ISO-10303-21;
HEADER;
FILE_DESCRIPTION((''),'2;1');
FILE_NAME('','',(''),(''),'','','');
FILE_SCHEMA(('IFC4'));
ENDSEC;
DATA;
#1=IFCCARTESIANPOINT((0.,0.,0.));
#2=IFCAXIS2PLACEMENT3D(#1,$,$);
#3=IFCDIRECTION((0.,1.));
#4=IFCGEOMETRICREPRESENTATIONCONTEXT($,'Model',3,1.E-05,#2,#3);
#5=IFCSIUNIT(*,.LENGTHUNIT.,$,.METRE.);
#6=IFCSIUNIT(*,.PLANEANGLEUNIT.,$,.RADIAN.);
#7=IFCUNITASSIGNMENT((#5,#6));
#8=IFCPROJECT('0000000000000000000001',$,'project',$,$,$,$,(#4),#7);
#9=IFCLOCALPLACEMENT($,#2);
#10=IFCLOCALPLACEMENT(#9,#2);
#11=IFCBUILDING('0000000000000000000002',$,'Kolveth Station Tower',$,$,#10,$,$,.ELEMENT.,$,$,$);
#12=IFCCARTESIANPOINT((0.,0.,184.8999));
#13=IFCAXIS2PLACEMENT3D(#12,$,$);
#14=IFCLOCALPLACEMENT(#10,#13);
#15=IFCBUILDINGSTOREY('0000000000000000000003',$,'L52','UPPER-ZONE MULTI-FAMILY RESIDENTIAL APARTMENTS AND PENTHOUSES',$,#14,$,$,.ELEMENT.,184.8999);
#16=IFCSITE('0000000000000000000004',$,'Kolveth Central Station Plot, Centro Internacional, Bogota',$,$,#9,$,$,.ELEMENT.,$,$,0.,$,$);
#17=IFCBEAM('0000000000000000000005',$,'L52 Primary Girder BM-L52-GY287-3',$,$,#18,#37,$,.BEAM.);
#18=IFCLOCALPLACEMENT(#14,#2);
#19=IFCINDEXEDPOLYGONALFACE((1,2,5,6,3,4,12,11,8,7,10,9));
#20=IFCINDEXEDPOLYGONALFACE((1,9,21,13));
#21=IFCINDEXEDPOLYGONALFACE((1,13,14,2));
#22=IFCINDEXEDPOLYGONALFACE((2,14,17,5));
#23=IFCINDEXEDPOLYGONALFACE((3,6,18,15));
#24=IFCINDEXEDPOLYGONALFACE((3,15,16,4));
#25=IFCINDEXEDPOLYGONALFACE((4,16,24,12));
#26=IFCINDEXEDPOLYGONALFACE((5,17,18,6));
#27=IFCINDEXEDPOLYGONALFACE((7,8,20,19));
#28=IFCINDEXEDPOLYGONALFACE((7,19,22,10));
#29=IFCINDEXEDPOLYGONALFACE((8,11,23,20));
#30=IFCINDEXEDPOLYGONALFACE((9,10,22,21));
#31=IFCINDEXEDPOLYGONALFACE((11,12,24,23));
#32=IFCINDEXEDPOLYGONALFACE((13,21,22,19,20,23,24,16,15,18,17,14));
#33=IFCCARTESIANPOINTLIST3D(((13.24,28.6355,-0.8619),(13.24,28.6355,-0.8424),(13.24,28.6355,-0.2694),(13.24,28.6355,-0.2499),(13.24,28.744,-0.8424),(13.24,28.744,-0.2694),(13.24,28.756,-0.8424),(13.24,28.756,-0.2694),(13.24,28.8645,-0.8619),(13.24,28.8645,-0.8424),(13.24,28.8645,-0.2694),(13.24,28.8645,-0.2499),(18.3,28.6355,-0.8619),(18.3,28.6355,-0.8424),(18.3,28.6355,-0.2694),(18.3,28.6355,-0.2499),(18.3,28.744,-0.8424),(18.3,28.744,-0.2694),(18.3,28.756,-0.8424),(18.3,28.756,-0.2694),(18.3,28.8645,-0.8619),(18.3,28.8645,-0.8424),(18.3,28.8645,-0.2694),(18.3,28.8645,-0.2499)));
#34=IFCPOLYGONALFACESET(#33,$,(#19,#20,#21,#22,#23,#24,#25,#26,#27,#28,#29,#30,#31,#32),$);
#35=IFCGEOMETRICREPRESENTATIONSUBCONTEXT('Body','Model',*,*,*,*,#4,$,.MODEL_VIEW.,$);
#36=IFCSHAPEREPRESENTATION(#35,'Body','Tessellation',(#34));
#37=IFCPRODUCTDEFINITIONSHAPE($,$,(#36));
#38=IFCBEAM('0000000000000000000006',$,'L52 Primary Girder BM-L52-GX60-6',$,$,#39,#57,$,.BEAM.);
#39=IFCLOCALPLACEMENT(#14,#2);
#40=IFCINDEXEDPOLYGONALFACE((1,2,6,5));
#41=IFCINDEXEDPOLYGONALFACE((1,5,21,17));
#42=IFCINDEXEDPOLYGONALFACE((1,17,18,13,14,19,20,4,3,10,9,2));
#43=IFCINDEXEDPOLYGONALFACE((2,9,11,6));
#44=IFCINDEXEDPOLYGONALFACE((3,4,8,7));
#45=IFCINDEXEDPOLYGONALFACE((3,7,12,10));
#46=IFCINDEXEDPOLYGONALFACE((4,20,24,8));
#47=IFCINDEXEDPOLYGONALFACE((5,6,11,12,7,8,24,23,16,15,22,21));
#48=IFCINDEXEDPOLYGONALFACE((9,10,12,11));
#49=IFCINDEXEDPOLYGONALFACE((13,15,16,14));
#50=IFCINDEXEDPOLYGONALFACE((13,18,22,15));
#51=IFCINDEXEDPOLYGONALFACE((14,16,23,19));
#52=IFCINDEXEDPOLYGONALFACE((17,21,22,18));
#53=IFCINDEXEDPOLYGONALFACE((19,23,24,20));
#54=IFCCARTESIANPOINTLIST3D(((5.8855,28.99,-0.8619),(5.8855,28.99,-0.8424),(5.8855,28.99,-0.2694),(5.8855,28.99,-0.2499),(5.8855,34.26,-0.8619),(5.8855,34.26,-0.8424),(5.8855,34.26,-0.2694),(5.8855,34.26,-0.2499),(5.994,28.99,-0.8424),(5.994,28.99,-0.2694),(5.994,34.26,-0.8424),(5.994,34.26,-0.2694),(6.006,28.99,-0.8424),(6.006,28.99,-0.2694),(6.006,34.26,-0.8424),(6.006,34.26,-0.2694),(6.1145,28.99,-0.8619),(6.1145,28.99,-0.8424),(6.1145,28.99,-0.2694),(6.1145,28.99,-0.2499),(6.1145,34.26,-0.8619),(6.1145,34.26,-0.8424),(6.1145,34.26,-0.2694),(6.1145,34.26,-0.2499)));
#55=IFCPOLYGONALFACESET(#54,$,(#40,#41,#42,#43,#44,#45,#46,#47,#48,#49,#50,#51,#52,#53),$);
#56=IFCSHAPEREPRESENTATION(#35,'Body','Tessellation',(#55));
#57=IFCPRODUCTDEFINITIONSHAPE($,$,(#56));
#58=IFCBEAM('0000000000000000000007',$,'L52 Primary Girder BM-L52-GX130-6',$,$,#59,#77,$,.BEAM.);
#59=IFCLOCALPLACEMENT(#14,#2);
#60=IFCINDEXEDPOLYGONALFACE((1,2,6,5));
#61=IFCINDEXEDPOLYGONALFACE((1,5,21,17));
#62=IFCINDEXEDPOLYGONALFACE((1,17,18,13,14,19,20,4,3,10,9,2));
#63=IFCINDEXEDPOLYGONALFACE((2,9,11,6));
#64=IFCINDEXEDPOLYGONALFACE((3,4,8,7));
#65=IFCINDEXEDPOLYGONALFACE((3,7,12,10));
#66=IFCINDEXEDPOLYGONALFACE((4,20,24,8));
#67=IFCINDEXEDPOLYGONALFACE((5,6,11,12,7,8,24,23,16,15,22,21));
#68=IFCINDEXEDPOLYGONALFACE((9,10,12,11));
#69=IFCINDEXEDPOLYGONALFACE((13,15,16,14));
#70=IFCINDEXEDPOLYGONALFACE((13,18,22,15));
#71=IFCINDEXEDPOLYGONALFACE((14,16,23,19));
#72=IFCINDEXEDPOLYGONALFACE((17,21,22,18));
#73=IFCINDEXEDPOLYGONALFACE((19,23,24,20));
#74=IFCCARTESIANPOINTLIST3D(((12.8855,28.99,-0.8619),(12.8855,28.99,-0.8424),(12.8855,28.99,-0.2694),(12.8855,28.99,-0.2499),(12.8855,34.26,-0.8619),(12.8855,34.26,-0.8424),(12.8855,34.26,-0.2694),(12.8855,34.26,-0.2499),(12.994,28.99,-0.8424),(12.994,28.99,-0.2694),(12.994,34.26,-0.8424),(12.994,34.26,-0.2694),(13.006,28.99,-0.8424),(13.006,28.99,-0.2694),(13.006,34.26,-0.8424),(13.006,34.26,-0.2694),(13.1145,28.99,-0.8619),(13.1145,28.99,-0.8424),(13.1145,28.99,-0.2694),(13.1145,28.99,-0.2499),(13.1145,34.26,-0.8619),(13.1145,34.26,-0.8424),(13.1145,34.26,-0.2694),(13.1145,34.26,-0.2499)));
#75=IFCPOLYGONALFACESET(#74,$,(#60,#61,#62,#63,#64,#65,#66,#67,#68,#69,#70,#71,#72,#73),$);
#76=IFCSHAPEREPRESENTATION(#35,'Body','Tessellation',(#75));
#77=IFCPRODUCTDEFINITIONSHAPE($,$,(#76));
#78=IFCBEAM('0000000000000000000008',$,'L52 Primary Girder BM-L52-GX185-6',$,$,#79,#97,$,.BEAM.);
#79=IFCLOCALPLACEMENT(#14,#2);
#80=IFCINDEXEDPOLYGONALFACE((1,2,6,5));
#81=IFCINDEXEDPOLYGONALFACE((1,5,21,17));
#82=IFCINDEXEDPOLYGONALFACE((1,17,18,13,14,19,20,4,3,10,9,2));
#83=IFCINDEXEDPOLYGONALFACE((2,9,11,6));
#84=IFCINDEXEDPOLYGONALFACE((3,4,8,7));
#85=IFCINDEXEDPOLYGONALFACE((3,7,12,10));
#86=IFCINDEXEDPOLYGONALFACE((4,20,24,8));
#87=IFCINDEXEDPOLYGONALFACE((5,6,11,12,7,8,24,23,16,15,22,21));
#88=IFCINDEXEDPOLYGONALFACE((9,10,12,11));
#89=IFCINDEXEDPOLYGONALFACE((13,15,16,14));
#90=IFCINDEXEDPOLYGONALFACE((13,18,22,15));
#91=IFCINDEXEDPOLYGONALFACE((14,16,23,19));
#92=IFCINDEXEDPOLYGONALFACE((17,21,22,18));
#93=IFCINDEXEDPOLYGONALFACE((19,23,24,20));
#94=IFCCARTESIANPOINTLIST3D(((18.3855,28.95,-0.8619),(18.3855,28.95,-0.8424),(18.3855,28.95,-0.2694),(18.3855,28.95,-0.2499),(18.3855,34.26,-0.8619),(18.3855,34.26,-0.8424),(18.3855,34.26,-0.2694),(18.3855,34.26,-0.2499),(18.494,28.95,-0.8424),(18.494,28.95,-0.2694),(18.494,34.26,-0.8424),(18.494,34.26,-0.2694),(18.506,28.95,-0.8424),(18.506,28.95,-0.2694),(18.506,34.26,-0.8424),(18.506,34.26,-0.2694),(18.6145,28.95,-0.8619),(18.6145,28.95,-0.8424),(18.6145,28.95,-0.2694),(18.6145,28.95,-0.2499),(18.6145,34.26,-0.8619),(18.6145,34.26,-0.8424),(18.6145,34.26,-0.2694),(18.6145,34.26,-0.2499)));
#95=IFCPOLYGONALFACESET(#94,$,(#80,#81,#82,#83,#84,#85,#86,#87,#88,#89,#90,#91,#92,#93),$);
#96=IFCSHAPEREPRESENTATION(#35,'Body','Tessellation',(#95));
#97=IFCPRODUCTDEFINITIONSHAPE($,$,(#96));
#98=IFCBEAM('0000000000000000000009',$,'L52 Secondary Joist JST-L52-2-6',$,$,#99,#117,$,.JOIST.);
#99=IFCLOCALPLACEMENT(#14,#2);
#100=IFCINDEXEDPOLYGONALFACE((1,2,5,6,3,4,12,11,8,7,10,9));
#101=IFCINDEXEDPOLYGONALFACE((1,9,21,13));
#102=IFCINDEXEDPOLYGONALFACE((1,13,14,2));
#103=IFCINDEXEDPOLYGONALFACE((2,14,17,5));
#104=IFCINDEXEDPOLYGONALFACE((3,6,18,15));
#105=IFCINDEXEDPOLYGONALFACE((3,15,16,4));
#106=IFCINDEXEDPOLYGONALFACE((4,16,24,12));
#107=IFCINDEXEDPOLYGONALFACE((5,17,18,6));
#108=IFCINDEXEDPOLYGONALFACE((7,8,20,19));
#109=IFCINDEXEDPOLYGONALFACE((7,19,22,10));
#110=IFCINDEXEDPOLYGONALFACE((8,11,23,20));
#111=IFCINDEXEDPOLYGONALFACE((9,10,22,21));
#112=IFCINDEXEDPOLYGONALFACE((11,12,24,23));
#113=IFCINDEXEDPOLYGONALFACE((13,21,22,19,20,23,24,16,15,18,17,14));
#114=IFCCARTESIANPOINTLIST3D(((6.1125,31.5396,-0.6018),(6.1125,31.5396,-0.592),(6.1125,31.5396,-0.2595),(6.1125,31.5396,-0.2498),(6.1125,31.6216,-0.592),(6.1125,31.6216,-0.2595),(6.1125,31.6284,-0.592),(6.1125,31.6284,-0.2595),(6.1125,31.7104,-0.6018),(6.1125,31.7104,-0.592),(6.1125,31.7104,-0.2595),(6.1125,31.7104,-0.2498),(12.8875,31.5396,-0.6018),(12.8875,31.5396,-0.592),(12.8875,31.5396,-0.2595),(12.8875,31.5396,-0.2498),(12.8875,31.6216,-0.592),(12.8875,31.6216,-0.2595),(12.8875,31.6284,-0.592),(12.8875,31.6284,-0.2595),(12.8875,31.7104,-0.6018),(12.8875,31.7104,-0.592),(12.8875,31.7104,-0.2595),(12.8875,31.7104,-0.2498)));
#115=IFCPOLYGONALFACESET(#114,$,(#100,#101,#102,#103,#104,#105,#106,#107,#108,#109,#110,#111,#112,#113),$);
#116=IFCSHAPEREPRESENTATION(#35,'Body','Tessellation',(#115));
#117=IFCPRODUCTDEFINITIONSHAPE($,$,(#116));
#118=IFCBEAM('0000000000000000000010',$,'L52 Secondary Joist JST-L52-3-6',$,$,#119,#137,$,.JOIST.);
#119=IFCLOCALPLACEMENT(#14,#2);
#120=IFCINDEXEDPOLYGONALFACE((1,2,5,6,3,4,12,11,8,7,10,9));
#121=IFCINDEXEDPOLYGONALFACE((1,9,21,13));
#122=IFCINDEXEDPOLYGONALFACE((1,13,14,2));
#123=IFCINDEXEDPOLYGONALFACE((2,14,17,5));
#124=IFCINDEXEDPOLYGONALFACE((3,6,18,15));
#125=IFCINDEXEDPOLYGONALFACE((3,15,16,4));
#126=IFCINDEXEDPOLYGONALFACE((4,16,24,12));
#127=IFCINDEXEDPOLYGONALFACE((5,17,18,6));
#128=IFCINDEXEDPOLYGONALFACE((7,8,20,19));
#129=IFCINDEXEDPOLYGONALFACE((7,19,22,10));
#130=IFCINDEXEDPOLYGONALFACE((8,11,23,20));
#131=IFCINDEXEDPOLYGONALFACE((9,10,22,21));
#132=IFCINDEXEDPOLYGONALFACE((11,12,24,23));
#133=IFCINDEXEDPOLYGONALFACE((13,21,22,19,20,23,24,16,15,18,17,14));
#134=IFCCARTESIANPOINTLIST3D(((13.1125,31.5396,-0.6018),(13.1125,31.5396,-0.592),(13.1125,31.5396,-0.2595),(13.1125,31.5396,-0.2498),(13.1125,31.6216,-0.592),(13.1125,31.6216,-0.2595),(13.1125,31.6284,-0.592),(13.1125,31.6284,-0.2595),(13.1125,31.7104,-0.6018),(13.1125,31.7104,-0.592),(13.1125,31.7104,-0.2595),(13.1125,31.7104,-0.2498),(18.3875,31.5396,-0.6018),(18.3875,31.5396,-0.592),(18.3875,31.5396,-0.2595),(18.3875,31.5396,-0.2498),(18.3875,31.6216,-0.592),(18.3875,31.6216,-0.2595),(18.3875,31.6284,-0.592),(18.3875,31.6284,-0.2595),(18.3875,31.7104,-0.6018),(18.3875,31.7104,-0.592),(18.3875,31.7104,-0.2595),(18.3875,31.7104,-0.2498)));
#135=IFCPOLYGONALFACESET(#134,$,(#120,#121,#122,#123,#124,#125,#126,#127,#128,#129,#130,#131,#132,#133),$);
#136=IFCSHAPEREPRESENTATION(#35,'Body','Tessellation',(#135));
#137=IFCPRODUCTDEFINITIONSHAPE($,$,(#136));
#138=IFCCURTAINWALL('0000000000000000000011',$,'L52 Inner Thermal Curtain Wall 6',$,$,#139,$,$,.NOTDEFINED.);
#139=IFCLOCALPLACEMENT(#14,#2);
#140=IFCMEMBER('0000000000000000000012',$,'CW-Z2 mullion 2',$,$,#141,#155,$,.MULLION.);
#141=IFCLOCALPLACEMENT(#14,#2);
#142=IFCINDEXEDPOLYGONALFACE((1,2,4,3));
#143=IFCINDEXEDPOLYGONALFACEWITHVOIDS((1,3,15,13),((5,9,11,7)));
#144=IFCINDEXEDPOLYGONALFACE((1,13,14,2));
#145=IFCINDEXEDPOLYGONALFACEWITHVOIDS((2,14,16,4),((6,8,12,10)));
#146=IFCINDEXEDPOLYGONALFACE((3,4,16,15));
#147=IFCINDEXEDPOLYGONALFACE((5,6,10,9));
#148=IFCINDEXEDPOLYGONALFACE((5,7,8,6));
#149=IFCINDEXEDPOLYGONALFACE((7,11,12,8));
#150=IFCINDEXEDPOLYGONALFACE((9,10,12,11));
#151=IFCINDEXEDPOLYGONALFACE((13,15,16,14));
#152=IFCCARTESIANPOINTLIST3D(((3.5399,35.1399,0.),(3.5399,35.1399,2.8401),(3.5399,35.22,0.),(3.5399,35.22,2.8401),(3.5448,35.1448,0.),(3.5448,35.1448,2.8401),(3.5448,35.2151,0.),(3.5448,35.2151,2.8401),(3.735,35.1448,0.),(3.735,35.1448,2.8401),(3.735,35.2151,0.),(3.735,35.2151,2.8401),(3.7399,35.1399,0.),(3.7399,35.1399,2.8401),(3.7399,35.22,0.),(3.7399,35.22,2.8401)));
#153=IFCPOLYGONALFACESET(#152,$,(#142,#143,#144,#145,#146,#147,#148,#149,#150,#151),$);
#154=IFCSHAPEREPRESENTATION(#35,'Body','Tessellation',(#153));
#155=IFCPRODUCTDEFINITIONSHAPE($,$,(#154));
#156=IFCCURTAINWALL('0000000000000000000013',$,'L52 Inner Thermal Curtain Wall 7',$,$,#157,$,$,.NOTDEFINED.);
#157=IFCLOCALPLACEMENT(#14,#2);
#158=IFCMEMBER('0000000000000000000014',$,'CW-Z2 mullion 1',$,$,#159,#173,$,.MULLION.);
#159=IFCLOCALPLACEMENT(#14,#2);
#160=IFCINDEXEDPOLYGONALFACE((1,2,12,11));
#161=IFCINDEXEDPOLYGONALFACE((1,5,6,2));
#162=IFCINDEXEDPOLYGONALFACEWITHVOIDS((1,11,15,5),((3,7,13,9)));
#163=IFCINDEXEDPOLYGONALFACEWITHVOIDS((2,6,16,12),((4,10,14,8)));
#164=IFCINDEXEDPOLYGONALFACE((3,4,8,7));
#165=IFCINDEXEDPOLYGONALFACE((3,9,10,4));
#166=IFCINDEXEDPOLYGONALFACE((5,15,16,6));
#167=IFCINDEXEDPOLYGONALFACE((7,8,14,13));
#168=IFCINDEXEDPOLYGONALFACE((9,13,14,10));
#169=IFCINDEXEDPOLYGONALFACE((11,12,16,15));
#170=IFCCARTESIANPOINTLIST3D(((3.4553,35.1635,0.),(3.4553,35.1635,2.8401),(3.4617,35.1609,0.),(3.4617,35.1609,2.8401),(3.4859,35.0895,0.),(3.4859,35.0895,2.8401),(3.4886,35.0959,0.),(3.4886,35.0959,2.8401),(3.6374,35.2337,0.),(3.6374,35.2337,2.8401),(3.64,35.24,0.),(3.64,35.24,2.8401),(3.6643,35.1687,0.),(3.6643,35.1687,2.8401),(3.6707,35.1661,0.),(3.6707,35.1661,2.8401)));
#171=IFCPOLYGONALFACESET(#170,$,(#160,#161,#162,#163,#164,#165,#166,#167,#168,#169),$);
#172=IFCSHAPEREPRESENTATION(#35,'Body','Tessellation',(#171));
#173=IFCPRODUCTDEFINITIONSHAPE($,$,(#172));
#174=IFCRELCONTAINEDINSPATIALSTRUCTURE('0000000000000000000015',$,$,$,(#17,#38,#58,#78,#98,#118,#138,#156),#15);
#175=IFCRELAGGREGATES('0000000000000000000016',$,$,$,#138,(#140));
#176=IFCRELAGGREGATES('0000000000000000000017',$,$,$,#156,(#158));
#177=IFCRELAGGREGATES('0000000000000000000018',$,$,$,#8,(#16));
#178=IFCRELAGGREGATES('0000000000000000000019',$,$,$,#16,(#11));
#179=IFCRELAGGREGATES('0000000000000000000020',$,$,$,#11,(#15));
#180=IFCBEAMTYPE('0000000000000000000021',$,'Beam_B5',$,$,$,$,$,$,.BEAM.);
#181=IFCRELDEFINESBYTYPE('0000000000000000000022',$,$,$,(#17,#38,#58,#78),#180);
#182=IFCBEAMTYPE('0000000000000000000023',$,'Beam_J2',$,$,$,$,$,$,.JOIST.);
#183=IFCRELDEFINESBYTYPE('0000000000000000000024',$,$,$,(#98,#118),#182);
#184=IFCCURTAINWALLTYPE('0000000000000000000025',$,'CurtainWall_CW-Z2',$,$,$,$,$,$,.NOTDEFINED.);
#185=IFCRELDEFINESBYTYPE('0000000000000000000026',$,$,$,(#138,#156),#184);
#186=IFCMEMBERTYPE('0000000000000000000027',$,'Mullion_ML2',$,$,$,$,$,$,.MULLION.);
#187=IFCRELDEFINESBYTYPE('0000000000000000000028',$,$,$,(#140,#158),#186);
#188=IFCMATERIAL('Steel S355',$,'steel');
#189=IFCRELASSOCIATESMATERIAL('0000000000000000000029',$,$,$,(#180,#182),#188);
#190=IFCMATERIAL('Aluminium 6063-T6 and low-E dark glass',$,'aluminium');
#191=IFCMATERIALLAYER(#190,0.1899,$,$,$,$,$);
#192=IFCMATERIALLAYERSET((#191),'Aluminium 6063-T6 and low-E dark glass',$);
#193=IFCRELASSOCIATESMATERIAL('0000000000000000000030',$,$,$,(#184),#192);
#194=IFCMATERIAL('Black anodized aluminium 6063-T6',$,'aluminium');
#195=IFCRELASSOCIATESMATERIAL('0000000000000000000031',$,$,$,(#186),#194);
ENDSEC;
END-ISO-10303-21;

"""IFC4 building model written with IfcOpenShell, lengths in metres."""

from ifc_helpers import new_model, si_unit, direction, frame, origin, origin_2d, place, context, subcontext, project, spatial, hollow_rectangle, i_section, extrude, source, transform, mapped, material, layer, layer_set, material_profile, profile_set, type_object, element, aggregate, save


model = new_model("IFC4")

# Units and contexts
model_context = context("Model", 3, precision=1e-05, world=origin(), true_north=direction((0.0, 1.0)))
body_context = subcontext(model_context, "Body", "Model", "MODEL_VIEW")
ifc_project = project(units=[si_unit("LENGTHUNIT", "METRE"), si_unit("PLANEANGLEUNIT", "RADIAN")], contexts=[model_context])

# Site, building, storey
site_placement = place(None, origin())
site = spatial("IfcSite", under=ifc_project, at=site_placement, Name="Kolveth Central Station Plot, Centro Internacional, Bogota", CompositionType="ELEMENT", RefElevation=0.0)
building_placement = place(site_placement, origin())
building = spatial("IfcBuilding", under=site, at=building_placement, Name="Kolveth Station Tower", CompositionType="ELEMENT")
storey_placement = place(building_placement, frame((0.0, 0.0, 184.8999)))
storey = spatial("IfcBuildingStorey", under=building, at=storey_placement, Name="L52", Description="UPPER-ZONE MULTI-FAMILY RESIDENTIAL APARTMENTS AND PENTHOUSES", CompositionType="ELEMENT", Elevation=184.8999)

# Shared definitions
ifc_material_1 = material(Name="Steel S355", Category="steel")

# Beams
ifc_material_profile_1 = material_profile(ifc_material_1, i_section(OverallWidth=0.229, OverallDepth=0.6121, WebThickness=0.012, FlangeThickness=0.0195, at=origin_2d()), Name="W610x125")
ifc_profile_set_1 = profile_set([ifc_material_profile_1], Name="Steel S355")
beam_type_1 = type_object("IfcBeamType", Name="Beam_B5", PredefinedType="BEAM", material=ifc_profile_set_1)
shared_shape_1 = source(origin(), body_context, "Body", "SweptSolid", [
    extrude(i_section(OverallWidth=0.229, OverallDepth=0.6121, WebThickness=0.012, FlangeThickness=0.0195, at=origin_2d()), origin(), (0.0, 0.0, 1.0), 5.0601),
])
beam_1_placement = place(storey_placement, frame((13.24, 28.75, -0.5559), z_axis=(1.0, 0.0, 0.0), x_axis=(0.0, 1.0, 0.0)))
element("IfcBeam", 1, at=beam_1_placement, inside=storey, type_object=beam_type_1, Name="L52 Primary Girder BM-L52-GY287-3", PredefinedType="BEAM", context=body_context, shape_type="MappedRepresentation", body=[
    mapped(shared_shape_1, transform((0.0, 0.0, 0.0), x_axis=(1.0, 0.0, 0.0), y_axis=(0.0, 1.0, 0.0), z_axis=(0.0, 0.0, 1.0), scale=1.0)),
])
shared_shape_2 = source(origin(), body_context, "Body", "SweptSolid", [
    extrude(i_section(OverallWidth=0.229, OverallDepth=0.6121, WebThickness=0.012, FlangeThickness=0.0195, at=origin_2d()), origin(), (0.0, 0.0, 1.0), 5.27),
])
for number, where, z_axis, x_axis, name in (
    (2, (6.0, 28.99, -0.5559), (0.0, 1.0, 0.0), (-1.0, 0.0, 0.0), "L52 Primary Girder BM-L52-GX60-6"),
    (3, (13.0, 28.99, -0.5559), (0.0, 1.0, 0.0), (-1.0, 0.0, 0.0), "L52 Primary Girder BM-L52-GX130-6"),
):
    element("IfcBeam", number, at=place(storey_placement, frame(where, z_axis=z_axis, x_axis=x_axis)), inside=storey, type_object=beam_type_1, Name=name, PredefinedType="BEAM", context=body_context, shape_type="MappedRepresentation", body=[
        mapped(shared_shape_2, transform((0.0, 0.0, 0.0), x_axis=(1.0, 0.0, 0.0), y_axis=(0.0, 1.0, 0.0), z_axis=(0.0, 0.0, 1.0), scale=1.0)),
    ])
shared_shape_3 = source(origin(), body_context, "Body", "SweptSolid", [
    extrude(i_section(OverallWidth=0.229, OverallDepth=0.6121, WebThickness=0.012, FlangeThickness=0.0195, at=origin_2d()), origin(), (0.0, 0.0, 1.0), 5.3101),
])
beam_2_placement = place(storey_placement, frame((18.5, 28.95, -0.5559), z_axis=(0.0, 1.0, 0.0), x_axis=(-1.0, 0.0, 0.0)))
element("IfcBeam", 4, at=beam_2_placement, inside=storey, type_object=beam_type_1, Name="L52 Primary Girder BM-L52-GX185-6", PredefinedType="BEAM", context=body_context, shape_type="MappedRepresentation", body=[
    mapped(shared_shape_3, transform((0.0, 0.0, 0.0), x_axis=(1.0, 0.0, 0.0), y_axis=(0.0, 1.0, 0.0), z_axis=(0.0, 0.0, 1.0), scale=1.0)),
])
ifc_material_profile_2 = material_profile(ifc_material_1, i_section(OverallWidth=0.1709, OverallDepth=0.3521, WebThickness=0.0068, FlangeThickness=0.0098, at=origin_2d()), Name="W360x44")
ifc_profile_set_2 = profile_set([ifc_material_profile_2], Name="Steel S355")
beam_type_2 = type_object("IfcBeamType", Name="Beam_J2", PredefinedType="JOIST", material=ifc_profile_set_2)
shared_shape_4 = source(origin(), body_context, "Body", "SweptSolid", [
    extrude(i_section(OverallWidth=0.1709, OverallDepth=0.3521, WebThickness=0.0068, FlangeThickness=0.0098, at=origin_2d()), origin(), (0.0, 0.0, 1.0), 6.7749),
])
beam_3_placement = place(storey_placement, frame((6.1125, 31.625, -0.4258), z_axis=(1.0, 0.0, 0.0), x_axis=(0.0, 1.0, 0.0)))
element("IfcBeam", 5, at=beam_3_placement, inside=storey, type_object=beam_type_2, Name="L52 Secondary Joist JST-L52-2-6", PredefinedType="JOIST", context=body_context, shape_type="MappedRepresentation", body=[
    mapped(shared_shape_4, transform((0.0, 0.0, 0.0), x_axis=(1.0, 0.0, 0.0), y_axis=(0.0, 1.0, 0.0), z_axis=(0.0, 0.0, 1.0), scale=1.0)),
])
shared_shape_5 = source(origin(), body_context, "Body", "SweptSolid", [
    extrude(i_section(OverallWidth=0.1709, OverallDepth=0.3521, WebThickness=0.0068, FlangeThickness=0.0098, at=origin_2d()), origin(), (0.0, 0.0, 1.0), 5.2749),
])
beam_4_placement = place(storey_placement, frame((13.1125, 31.625, -0.4258), z_axis=(1.0, 0.0, 0.0), x_axis=(0.0, 1.0, 0.0)))
element("IfcBeam", 6, at=beam_4_placement, inside=storey, type_object=beam_type_2, Name="L52 Secondary Joist JST-L52-3-6", PredefinedType="JOIST", context=body_context, shape_type="MappedRepresentation", body=[
    mapped(shared_shape_5, transform((0.0, 0.0, 0.0), x_axis=(1.0, 0.0, 0.0), y_axis=(0.0, 1.0, 0.0), z_axis=(0.0, 0.0, 1.0), scale=1.0)),
])

# Curtain wall, member
ifc_material_2 = material(Name="Aluminium 6063-T6 and low-E dark glass", Category="aluminium")
ifc_layer_1 = layer(ifc_material_2, 0.1899)
ifc_layer_set_1 = layer_set([ifc_layer_1], Name="Aluminium 6063-T6 and low-E dark glass")
curtain_wall_type = type_object("IfcCurtainWallType", Name="CurtainWall_CW-Z2", PredefinedType="NOTDEFINED", material=ifc_layer_set_1)
curtain_wall_1_placement = place(storey_placement, origin())
curtain_wall_1 = element("IfcCurtainWall", 7, at=curtain_wall_1_placement, inside=storey, type_object=curtain_wall_type, Name="L52 Inner Thermal Curtain Wall 6", PredefinedType="NOTDEFINED")
ifc_material_3 = material(Name="Black anodized aluminium 6063-T6", Category="aluminium")
ifc_material_profile_3 = material_profile(ifc_material_3, hollow_rectangle(XDim=0.0801, YDim=0.2, WallThickness=0.0049, at=origin_2d()), Name="ALU-80x200x5")
ifc_profile_set_3 = profile_set([ifc_material_profile_3], Name="Black anodized aluminium 6063-T6")
member_type_1 = type_object("IfcMemberType", Name="Mullion_ML2", PredefinedType="MULLION", material=ifc_profile_set_3)
shared_shape_6 = source(origin(), body_context, "Body", "SweptSolid", [
    extrude(hollow_rectangle(XDim=0.0801, YDim=0.2, WallThickness=0.0049, at=origin_2d()), origin(), (0.0, 0.0, 1.0), 2.8401),
])
member_1_placement = place(storey_placement, frame((3.6399, 35.1799, 0.0), z_axis=(0.0, 0.0, 1.0), x_axis=(0.0, -1.0, 0.0)))
member_1 = element("IfcMember", 8, at=member_1_placement, type_object=member_type_1, Name="CW-Z2 mullion 2", PredefinedType="MULLION", context=body_context, shape_type="MappedRepresentation", body=[
    mapped(shared_shape_6, transform((0.0, 0.0, 0.0), x_axis=(1.0, 0.0, 0.0), y_axis=(0.0, 1.0, 0.0), z_axis=(0.0, 0.0, 1.0), scale=1.0)),
])
aggregate(curtain_wall_1, [member_1])

# Curtain wall, member
curtain_wall_2_placement = place(storey_placement, origin())
curtain_wall_2 = element("IfcCurtainWall", 9, at=curtain_wall_2_placement, inside=storey, type_object=curtain_wall_type, Name="L52 Inner Thermal Curtain Wall 7", PredefinedType="NOTDEFINED")
member_2_placement = place(storey_placement, frame((3.563, 35.1648, 0.0), z_axis=(0.0, 0.0, 1.0), x_axis=(0.382698, -0.923874, 0.0)))
member_2 = element("IfcMember", 10, at=member_2_placement, type_object=member_type_1, Name="CW-Z2 mullion 1", PredefinedType="MULLION", context=body_context, shape_type="MappedRepresentation", body=[
    mapped(shared_shape_6, transform((0.0, 0.0, 0.0), x_axis=(1.0, 0.0, 0.0), y_axis=(0.0, 1.0, 0.0), z_axis=(0.0, 0.0, 1.0), scale=1.0)),
])
aggregate(curtain_wall_2, [member_2])

save(model, "model.ifc")
